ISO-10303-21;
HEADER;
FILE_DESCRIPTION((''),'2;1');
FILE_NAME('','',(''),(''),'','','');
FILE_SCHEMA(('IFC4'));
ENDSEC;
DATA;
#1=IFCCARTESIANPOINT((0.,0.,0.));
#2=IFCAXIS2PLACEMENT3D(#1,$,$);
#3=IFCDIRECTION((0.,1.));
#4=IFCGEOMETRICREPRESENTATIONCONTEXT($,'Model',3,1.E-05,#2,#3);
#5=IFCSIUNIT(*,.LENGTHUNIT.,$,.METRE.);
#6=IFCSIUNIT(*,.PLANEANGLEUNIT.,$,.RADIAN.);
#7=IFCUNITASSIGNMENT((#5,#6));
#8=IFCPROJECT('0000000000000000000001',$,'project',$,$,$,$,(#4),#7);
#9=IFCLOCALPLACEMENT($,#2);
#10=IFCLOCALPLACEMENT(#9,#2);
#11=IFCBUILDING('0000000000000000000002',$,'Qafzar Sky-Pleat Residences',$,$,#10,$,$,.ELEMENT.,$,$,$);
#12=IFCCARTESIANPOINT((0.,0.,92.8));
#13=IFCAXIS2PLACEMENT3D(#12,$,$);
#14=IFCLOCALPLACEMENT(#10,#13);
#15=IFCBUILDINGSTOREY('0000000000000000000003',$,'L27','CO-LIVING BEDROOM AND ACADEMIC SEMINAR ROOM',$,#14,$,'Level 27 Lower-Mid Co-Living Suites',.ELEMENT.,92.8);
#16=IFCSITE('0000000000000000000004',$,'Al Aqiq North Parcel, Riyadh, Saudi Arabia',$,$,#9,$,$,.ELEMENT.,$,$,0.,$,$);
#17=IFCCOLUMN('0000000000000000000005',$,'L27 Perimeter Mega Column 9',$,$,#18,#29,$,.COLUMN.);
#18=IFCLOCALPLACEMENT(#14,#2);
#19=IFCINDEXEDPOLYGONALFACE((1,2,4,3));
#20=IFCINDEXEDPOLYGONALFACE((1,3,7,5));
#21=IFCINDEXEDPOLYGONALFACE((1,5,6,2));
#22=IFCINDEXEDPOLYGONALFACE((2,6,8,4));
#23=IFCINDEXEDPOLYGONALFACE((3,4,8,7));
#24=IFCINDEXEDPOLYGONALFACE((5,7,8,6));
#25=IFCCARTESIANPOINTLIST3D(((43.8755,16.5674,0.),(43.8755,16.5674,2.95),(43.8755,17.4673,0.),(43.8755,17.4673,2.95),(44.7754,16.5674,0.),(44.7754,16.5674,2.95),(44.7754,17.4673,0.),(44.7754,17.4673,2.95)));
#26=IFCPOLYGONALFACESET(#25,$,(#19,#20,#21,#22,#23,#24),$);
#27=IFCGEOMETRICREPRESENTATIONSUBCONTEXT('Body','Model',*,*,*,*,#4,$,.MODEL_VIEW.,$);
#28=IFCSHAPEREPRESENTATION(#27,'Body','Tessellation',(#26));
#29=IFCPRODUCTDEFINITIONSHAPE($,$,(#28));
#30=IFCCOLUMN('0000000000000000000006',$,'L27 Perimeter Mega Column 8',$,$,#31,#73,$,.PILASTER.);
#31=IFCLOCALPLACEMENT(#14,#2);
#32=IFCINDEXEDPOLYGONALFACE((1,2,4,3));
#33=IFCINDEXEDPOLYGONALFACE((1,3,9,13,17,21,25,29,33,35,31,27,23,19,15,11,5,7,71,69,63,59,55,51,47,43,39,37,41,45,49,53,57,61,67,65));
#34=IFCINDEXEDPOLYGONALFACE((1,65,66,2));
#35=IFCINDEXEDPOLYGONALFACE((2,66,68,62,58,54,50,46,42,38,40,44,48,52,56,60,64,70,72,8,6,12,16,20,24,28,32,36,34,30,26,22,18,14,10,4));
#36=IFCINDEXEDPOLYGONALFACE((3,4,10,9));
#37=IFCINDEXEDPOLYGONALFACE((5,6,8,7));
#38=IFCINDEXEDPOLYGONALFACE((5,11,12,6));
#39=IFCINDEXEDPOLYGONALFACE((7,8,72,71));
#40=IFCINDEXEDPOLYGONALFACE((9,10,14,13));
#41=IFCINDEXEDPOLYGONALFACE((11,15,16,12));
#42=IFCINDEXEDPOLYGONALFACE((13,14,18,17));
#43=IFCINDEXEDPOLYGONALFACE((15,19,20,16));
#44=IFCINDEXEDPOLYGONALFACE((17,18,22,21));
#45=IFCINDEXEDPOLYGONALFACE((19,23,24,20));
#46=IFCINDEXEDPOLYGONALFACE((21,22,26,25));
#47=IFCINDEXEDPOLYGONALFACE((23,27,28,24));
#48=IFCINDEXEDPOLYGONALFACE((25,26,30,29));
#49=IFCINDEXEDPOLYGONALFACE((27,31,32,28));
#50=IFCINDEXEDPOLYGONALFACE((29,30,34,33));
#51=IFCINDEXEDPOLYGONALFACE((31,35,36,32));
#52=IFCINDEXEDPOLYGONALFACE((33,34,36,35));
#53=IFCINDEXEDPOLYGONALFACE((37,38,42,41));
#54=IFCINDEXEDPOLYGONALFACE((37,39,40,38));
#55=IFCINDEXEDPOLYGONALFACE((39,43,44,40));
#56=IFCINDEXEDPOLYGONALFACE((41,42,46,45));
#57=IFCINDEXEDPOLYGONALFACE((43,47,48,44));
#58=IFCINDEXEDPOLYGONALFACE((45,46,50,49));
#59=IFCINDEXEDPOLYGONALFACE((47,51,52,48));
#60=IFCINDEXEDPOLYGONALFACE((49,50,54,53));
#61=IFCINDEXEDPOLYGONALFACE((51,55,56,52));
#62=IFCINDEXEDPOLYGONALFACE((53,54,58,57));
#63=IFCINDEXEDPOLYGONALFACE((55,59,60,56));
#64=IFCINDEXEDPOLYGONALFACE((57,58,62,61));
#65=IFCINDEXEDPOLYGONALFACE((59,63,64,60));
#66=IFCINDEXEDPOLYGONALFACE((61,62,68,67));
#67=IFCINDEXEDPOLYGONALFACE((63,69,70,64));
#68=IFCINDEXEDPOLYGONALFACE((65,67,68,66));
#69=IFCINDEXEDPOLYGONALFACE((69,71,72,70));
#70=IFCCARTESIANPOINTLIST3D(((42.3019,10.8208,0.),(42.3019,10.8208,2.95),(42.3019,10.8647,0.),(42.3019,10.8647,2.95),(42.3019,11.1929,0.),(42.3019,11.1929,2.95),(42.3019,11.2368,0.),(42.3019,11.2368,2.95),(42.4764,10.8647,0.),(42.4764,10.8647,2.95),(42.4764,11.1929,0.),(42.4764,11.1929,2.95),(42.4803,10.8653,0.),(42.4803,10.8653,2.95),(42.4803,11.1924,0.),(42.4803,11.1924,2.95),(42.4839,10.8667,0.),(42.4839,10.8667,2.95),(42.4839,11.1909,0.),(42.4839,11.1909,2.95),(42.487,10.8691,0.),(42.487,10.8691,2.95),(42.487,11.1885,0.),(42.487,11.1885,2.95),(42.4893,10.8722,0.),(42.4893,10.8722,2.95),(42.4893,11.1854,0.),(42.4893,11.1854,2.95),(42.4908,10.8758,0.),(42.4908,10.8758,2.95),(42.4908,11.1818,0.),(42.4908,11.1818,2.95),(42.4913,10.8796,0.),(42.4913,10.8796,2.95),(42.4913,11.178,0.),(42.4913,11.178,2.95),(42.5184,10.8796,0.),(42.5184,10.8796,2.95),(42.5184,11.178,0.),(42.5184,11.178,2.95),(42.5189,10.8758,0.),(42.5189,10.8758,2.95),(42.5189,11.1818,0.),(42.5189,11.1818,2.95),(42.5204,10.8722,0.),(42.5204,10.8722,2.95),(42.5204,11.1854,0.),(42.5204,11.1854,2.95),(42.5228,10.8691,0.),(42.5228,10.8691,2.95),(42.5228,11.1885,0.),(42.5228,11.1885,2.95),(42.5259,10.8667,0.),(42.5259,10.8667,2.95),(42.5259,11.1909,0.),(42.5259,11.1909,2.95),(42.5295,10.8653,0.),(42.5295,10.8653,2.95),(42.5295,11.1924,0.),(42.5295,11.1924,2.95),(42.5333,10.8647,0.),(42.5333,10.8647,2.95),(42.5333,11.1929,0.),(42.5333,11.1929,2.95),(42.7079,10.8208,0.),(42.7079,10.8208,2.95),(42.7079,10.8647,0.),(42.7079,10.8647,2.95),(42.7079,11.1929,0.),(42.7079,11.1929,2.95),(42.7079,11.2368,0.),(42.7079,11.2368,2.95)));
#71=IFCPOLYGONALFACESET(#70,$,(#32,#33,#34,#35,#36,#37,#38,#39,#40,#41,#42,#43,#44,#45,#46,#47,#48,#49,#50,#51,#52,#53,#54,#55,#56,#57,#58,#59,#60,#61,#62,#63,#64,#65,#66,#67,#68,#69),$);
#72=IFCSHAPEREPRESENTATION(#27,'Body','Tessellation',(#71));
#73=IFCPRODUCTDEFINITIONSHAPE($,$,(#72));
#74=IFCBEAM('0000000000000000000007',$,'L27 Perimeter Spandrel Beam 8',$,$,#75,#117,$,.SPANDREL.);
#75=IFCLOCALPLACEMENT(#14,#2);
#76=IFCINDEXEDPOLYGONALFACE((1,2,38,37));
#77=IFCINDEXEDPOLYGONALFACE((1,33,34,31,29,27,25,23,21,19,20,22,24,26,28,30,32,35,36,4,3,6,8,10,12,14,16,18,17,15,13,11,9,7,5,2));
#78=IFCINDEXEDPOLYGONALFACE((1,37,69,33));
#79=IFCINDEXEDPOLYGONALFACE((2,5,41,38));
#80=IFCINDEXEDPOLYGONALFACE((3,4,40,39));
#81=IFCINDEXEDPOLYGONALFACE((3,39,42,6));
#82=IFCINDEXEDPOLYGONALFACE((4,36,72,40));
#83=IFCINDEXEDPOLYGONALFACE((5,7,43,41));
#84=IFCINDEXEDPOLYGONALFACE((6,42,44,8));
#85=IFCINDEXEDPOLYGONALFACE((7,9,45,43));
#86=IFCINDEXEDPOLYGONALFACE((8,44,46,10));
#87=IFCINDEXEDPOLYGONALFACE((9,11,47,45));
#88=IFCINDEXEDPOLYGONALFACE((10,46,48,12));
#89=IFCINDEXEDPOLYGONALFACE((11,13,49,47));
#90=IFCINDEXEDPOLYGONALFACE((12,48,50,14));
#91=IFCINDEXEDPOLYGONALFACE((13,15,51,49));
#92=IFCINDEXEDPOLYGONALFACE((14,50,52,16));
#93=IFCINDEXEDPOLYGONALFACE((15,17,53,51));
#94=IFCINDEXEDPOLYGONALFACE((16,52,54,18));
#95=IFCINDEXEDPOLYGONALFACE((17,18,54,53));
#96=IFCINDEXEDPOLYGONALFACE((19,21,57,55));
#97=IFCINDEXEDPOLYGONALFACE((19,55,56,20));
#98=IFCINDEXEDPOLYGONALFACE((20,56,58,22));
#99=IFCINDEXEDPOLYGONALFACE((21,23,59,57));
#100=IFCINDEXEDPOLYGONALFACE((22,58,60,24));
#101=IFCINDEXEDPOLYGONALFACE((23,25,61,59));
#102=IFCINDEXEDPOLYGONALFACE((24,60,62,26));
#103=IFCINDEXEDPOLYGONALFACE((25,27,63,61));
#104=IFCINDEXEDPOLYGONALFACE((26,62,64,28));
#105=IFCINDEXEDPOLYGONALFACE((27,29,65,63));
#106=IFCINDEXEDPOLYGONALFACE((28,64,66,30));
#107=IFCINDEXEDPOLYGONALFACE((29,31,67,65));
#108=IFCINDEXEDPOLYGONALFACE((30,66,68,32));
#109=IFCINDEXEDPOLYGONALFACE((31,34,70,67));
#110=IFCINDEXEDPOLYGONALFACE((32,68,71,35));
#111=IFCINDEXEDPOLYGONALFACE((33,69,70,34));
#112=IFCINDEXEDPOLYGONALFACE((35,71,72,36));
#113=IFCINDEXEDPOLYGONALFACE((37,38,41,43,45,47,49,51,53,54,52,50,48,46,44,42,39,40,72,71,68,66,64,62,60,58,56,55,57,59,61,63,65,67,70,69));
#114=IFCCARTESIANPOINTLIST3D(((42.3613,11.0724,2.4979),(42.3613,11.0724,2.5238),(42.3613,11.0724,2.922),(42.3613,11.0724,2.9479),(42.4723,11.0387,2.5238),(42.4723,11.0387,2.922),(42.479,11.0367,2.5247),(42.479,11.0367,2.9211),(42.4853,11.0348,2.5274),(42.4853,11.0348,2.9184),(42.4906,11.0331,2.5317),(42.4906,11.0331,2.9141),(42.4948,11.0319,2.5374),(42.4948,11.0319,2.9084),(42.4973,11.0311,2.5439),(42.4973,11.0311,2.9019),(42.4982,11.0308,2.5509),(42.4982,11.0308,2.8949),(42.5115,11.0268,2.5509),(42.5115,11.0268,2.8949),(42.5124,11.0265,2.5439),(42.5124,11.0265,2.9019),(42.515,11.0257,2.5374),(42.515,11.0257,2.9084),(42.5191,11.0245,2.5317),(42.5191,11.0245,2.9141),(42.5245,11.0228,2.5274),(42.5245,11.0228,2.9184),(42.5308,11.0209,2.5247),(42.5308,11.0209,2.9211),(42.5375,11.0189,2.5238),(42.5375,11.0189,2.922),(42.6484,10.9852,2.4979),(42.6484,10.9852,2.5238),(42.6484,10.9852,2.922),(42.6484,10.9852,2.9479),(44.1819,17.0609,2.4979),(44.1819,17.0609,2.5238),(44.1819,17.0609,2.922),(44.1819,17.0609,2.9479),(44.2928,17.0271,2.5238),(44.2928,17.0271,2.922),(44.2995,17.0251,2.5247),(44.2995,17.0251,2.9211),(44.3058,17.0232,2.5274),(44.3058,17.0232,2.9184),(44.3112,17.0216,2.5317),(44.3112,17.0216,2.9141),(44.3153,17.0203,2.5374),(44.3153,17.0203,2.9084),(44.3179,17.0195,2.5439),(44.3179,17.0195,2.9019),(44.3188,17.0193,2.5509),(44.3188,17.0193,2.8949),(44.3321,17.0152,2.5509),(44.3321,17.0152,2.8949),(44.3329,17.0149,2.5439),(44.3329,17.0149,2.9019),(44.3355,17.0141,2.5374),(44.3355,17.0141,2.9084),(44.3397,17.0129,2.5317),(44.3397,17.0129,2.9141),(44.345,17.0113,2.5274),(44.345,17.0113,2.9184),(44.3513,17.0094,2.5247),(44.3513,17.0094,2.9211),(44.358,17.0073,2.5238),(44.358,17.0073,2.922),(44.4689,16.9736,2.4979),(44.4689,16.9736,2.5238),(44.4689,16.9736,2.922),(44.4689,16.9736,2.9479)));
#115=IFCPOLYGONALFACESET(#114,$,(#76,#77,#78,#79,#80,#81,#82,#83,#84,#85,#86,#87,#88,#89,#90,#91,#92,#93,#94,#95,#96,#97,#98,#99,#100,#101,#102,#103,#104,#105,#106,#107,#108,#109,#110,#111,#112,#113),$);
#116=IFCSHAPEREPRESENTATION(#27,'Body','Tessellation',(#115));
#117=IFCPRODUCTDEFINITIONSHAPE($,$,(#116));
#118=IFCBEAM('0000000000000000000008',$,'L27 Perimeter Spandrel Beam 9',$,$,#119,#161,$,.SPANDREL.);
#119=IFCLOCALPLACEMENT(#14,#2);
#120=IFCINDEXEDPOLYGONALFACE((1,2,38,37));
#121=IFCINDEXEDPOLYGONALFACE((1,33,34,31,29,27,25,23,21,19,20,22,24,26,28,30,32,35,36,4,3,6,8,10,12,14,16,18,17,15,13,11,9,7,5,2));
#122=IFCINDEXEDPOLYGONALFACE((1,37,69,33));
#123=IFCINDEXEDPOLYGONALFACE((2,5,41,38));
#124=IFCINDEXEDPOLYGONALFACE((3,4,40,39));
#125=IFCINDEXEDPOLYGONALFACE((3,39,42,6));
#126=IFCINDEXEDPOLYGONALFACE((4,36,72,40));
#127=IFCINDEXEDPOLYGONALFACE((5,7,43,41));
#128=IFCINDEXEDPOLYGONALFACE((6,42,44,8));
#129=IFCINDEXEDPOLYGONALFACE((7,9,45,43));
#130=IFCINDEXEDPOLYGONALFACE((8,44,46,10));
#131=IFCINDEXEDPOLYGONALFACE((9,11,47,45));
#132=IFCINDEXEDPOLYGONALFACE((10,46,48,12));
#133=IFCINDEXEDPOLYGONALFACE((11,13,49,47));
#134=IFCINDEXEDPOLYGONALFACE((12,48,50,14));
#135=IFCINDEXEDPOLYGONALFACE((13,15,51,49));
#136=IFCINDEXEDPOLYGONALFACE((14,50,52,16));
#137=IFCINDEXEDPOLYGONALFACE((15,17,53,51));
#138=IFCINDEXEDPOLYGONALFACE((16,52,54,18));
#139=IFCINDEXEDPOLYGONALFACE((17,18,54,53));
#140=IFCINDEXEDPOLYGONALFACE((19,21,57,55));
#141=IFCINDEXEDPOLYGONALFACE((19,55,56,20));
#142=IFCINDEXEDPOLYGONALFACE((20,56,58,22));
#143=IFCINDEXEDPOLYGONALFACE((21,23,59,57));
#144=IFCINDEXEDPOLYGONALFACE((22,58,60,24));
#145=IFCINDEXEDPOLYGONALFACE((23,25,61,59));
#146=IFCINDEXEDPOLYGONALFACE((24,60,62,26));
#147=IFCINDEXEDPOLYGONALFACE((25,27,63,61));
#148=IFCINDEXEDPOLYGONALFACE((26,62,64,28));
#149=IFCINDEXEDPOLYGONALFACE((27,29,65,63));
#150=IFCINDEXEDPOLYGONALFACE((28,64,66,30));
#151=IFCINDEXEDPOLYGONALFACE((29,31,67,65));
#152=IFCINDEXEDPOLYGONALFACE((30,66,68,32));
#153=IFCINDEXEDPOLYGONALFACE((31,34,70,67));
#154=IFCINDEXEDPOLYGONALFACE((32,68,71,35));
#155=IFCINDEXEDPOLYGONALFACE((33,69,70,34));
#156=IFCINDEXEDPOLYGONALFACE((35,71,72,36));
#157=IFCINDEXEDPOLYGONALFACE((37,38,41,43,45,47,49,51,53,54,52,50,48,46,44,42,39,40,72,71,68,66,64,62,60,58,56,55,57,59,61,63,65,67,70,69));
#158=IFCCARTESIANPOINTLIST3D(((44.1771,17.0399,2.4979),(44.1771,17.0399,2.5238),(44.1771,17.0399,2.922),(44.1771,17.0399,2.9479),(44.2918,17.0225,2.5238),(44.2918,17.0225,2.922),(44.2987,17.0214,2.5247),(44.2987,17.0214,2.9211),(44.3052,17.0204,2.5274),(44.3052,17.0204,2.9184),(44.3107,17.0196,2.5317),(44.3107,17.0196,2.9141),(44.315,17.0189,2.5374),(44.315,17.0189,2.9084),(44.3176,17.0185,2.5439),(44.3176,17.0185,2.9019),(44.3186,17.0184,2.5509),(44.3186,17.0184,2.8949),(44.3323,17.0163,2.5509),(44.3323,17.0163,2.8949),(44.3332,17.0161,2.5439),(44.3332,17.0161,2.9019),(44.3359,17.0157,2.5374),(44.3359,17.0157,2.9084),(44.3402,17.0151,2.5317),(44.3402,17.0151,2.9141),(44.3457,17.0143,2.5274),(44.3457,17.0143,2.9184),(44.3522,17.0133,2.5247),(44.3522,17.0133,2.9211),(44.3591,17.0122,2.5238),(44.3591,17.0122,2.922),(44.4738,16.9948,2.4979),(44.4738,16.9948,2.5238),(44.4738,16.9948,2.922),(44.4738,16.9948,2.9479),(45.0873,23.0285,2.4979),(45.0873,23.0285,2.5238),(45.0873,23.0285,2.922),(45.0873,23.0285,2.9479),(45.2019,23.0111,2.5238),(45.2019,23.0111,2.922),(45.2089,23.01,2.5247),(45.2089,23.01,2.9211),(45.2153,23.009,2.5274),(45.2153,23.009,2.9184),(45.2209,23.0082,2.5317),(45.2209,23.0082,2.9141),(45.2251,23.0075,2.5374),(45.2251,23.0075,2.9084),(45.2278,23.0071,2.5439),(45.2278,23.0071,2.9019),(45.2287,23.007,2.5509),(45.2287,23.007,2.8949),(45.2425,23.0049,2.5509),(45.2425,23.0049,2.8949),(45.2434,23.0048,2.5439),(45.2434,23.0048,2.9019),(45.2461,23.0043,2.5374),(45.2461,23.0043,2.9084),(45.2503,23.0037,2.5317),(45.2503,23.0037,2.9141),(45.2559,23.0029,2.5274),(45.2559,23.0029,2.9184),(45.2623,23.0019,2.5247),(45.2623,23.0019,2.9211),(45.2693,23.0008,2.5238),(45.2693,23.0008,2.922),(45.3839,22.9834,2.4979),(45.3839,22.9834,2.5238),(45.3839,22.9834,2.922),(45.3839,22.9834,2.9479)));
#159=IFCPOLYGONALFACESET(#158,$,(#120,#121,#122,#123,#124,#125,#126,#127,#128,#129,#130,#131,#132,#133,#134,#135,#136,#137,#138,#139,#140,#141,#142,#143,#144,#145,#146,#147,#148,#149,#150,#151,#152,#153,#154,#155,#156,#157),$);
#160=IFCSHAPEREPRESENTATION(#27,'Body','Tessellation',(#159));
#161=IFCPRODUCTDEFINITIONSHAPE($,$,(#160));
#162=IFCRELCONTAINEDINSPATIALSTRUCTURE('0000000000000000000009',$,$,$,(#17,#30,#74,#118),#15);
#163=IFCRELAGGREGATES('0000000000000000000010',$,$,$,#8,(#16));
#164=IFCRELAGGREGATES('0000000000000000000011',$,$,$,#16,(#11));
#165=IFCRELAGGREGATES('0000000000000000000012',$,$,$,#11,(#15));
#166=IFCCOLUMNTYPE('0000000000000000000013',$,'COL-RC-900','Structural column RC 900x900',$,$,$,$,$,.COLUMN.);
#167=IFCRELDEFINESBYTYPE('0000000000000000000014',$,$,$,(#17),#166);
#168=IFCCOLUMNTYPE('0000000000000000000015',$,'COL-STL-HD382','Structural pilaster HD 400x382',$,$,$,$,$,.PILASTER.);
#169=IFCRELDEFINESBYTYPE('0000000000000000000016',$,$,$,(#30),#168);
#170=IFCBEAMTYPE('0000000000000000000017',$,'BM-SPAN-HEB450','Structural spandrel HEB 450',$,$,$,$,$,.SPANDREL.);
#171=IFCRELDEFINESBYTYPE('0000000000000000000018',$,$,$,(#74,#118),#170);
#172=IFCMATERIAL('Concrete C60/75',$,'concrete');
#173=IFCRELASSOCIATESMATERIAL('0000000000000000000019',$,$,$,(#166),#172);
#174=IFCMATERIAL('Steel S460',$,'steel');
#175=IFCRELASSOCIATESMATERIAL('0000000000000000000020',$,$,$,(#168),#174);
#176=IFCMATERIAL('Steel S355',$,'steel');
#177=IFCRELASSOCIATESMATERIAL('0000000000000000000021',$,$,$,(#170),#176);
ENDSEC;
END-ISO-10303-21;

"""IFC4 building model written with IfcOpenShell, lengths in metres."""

from ifc_helpers import new_model, si_unit, direction, frame, origin, origin_2d, place, context, subcontext, project, spatial, rectangle, i_section, extrude, source, transform, mapped, material, material_profile, profile_set, type_object, element, save


model = new_model("IFC4")

# Units and contexts
model_context = context("Model", 3, precision=1e-05, world=origin(), true_north=direction((0.0, 1.0)))
body_context = subcontext(model_context, "Body", "Model", "MODEL_VIEW")
ifc_project = project(units=[si_unit("LENGTHUNIT", "METRE"), si_unit("PLANEANGLEUNIT", "RADIAN")], contexts=[model_context])

# Site, building, storey
site_placement = place(None, origin())
site = spatial("IfcSite", under=ifc_project, at=site_placement, Name="Al Aqiq North Parcel, Riyadh, Saudi Arabia", CompositionType="ELEMENT", RefElevation=0.0)
building_placement = place(site_placement, origin())
building = spatial("IfcBuilding", under=site, at=building_placement, Name="Qafzar Sky-Pleat Residences", CompositionType="ELEMENT")
storey_placement = place(building_placement, frame((0.0, 0.0, 92.8)))
storey = spatial("IfcBuildingStorey", under=building, at=storey_placement, Name="L27", Description="CO-LIVING BEDROOM AND ACADEMIC SEMINAR ROOM", LongName="Level 27 Lower-Mid Co-Living Suites", CompositionType="ELEMENT", Elevation=92.8)

# Columns
ifc_material_1 = material(Name="Concrete C60/75", Category="concrete")
ifc_material_profile_1 = material_profile(ifc_material_1, rectangle(XDim=0.8999, YDim=0.8999, at=origin_2d()), Name="RC 900x900")
ifc_profile_set_1 = profile_set([ifc_material_profile_1], Name="Concrete C60/75")
column_type_1 = type_object("IfcColumnType", Name="COL-RC-900", Description="Structural column RC 900x900", PredefinedType="COLUMN", material=ifc_profile_set_1)
shared_shape_1 = source(origin(), body_context, "Body", "SweptSolid", [
    extrude(rectangle(XDim=0.8999, YDim=0.8999, at=origin_2d()), origin(), (0.0, 0.0, 1.0), 2.95),
])
column_1_placement = place(storey_placement, frame((44.3254, 17.0173, 0.0), z_axis=(0.0, 0.0, 1.0), x_axis=(1.0, 0.0, 0.0)))
element("IfcColumn", 1, at=column_1_placement, inside=storey, type_object=column_type_1, Name="L27 Perimeter Mega Column 9", PredefinedType="COLUMN", context=body_context, shape_type="MappedRepresentation", body=[
    mapped(shared_shape_1, transform((0.0, 0.0, 0.0), x_axis=(1.0, 0.0, 0.0), y_axis=(0.0, 1.0, 0.0), z_axis=(0.0, 0.0, 1.0), scale=1.0)),
])
ifc_material_2 = material(Name="Steel S460", Category="steel")
ifc_material_profile_2 = material_profile(ifc_material_2, i_section(OverallWidth=0.406, OverallDepth=0.416, WebThickness=0.0271, FlangeThickness=0.0439, FilletRadius=0.0149, at=origin_2d()), Name="HD 400x382")
ifc_profile_set_2 = profile_set([ifc_material_profile_2], Name="Steel S460")
column_type_2 = type_object("IfcColumnType", Name="COL-STL-HD382", Description="Structural pilaster HD 400x382", PredefinedType="PILASTER", material=ifc_profile_set_2)
shared_shape_2 = source(origin(), body_context, "Body", "SweptSolid", [
    extrude(i_section(OverallWidth=0.406, OverallDepth=0.416, WebThickness=0.0271, FlangeThickness=0.0439, FilletRadius=0.0149, at=origin_2d()), origin(), (0.0, 0.0, 1.0), 2.95),
])
column_2_placement = place(storey_placement, frame((42.5049, 11.0288, 0.0), z_axis=(0.0, 0.0, 1.0), x_axis=(1.0, 0.0, 0.0)))
element("IfcColumn", 2, at=column_2_placement, inside=storey, type_object=column_type_2, Name="L27 Perimeter Mega Column 8", PredefinedType="PILASTER", context=body_context, shape_type="MappedRepresentation", body=[
    mapped(shared_shape_2, transform((0.0, 0.0, 0.0), x_axis=(1.0, 0.0, 0.0), y_axis=(0.0, 1.0, 0.0), z_axis=(0.0, 0.0, 1.0), scale=1.0)),
])

# Beams
ifc_material_3 = material(Name="Steel S355", Category="steel")
ifc_material_profile_3 = material_profile(ifc_material_3, i_section(OverallWidth=0.3, OverallDepth=0.45, WebThickness=0.0139, FlangeThickness=0.0259, FilletRadius=0.0271, at=origin_2d()), Name="HEB 450")
ifc_profile_set_3 = profile_set([ifc_material_profile_3], Name="Steel S355")
beam_type = type_object("IfcBeamType", Name="BM-SPAN-HEB450", Description="Structural spandrel HEB 450", PredefinedType="SPANDREL", material=ifc_profile_set_3)
shared_shape_3 = source(origin(), body_context, "Body", "SweptSolid", [
    extrude(i_section(OverallWidth=0.3, OverallDepth=0.45, WebThickness=0.0139, FlangeThickness=0.0259, FilletRadius=0.0271, at=origin_2d()), origin(), (0.0, 0.0, 1.0), 6.259),
])
beam_1_placement = place(storey_placement, frame((42.5049, 11.0288, 2.7229), z_axis=(0.290864, 0.956765, 0.0), x_axis=(-0.956765, 0.290864, 0.0)))
element("IfcBeam", 3, at=beam_1_placement, inside=storey, type_object=beam_type, Name="L27 Perimeter Spandrel Beam 8", PredefinedType="SPANDREL", context=body_context, shape_type="MappedRepresentation", body=[
    mapped(shared_shape_3, transform((0.0, 0.0, 0.0), x_axis=(1.0, 0.0, 0.0), y_axis=(0.0, 1.0, 0.0), z_axis=(0.0, 0.0, 1.0), scale=1.0)),
])
shared_shape_4 = source(origin(), body_context, "Body", "SweptSolid", [
    extrude(i_section(OverallWidth=0.3, OverallDepth=0.45, WebThickness=0.0139, FlangeThickness=0.0259, FilletRadius=0.0271, at=origin_2d()), origin(), (0.0, 0.0, 1.0), 6.0574),
])
beam_2_placement = place(storey_placement, frame((44.3254, 17.0173, 2.7229), z_axis=(0.150258, 0.988647, 0.0), x_axis=(-0.988647, 0.150258, 0.0)))
element("IfcBeam", 4, at=beam_2_placement, inside=storey, type_object=beam_type, Name="L27 Perimeter Spandrel Beam 9", PredefinedType="SPANDREL", context=body_context, shape_type="MappedRepresentation", body=[
    mapped(shared_shape_4, transform((0.0, 0.0, 0.0), x_axis=(1.0, 0.0, 0.0), y_axis=(0.0, 1.0, 0.0), z_axis=(0.0, 0.0, 1.0), scale=1.0)),
])

save(model, "model.ifc")
